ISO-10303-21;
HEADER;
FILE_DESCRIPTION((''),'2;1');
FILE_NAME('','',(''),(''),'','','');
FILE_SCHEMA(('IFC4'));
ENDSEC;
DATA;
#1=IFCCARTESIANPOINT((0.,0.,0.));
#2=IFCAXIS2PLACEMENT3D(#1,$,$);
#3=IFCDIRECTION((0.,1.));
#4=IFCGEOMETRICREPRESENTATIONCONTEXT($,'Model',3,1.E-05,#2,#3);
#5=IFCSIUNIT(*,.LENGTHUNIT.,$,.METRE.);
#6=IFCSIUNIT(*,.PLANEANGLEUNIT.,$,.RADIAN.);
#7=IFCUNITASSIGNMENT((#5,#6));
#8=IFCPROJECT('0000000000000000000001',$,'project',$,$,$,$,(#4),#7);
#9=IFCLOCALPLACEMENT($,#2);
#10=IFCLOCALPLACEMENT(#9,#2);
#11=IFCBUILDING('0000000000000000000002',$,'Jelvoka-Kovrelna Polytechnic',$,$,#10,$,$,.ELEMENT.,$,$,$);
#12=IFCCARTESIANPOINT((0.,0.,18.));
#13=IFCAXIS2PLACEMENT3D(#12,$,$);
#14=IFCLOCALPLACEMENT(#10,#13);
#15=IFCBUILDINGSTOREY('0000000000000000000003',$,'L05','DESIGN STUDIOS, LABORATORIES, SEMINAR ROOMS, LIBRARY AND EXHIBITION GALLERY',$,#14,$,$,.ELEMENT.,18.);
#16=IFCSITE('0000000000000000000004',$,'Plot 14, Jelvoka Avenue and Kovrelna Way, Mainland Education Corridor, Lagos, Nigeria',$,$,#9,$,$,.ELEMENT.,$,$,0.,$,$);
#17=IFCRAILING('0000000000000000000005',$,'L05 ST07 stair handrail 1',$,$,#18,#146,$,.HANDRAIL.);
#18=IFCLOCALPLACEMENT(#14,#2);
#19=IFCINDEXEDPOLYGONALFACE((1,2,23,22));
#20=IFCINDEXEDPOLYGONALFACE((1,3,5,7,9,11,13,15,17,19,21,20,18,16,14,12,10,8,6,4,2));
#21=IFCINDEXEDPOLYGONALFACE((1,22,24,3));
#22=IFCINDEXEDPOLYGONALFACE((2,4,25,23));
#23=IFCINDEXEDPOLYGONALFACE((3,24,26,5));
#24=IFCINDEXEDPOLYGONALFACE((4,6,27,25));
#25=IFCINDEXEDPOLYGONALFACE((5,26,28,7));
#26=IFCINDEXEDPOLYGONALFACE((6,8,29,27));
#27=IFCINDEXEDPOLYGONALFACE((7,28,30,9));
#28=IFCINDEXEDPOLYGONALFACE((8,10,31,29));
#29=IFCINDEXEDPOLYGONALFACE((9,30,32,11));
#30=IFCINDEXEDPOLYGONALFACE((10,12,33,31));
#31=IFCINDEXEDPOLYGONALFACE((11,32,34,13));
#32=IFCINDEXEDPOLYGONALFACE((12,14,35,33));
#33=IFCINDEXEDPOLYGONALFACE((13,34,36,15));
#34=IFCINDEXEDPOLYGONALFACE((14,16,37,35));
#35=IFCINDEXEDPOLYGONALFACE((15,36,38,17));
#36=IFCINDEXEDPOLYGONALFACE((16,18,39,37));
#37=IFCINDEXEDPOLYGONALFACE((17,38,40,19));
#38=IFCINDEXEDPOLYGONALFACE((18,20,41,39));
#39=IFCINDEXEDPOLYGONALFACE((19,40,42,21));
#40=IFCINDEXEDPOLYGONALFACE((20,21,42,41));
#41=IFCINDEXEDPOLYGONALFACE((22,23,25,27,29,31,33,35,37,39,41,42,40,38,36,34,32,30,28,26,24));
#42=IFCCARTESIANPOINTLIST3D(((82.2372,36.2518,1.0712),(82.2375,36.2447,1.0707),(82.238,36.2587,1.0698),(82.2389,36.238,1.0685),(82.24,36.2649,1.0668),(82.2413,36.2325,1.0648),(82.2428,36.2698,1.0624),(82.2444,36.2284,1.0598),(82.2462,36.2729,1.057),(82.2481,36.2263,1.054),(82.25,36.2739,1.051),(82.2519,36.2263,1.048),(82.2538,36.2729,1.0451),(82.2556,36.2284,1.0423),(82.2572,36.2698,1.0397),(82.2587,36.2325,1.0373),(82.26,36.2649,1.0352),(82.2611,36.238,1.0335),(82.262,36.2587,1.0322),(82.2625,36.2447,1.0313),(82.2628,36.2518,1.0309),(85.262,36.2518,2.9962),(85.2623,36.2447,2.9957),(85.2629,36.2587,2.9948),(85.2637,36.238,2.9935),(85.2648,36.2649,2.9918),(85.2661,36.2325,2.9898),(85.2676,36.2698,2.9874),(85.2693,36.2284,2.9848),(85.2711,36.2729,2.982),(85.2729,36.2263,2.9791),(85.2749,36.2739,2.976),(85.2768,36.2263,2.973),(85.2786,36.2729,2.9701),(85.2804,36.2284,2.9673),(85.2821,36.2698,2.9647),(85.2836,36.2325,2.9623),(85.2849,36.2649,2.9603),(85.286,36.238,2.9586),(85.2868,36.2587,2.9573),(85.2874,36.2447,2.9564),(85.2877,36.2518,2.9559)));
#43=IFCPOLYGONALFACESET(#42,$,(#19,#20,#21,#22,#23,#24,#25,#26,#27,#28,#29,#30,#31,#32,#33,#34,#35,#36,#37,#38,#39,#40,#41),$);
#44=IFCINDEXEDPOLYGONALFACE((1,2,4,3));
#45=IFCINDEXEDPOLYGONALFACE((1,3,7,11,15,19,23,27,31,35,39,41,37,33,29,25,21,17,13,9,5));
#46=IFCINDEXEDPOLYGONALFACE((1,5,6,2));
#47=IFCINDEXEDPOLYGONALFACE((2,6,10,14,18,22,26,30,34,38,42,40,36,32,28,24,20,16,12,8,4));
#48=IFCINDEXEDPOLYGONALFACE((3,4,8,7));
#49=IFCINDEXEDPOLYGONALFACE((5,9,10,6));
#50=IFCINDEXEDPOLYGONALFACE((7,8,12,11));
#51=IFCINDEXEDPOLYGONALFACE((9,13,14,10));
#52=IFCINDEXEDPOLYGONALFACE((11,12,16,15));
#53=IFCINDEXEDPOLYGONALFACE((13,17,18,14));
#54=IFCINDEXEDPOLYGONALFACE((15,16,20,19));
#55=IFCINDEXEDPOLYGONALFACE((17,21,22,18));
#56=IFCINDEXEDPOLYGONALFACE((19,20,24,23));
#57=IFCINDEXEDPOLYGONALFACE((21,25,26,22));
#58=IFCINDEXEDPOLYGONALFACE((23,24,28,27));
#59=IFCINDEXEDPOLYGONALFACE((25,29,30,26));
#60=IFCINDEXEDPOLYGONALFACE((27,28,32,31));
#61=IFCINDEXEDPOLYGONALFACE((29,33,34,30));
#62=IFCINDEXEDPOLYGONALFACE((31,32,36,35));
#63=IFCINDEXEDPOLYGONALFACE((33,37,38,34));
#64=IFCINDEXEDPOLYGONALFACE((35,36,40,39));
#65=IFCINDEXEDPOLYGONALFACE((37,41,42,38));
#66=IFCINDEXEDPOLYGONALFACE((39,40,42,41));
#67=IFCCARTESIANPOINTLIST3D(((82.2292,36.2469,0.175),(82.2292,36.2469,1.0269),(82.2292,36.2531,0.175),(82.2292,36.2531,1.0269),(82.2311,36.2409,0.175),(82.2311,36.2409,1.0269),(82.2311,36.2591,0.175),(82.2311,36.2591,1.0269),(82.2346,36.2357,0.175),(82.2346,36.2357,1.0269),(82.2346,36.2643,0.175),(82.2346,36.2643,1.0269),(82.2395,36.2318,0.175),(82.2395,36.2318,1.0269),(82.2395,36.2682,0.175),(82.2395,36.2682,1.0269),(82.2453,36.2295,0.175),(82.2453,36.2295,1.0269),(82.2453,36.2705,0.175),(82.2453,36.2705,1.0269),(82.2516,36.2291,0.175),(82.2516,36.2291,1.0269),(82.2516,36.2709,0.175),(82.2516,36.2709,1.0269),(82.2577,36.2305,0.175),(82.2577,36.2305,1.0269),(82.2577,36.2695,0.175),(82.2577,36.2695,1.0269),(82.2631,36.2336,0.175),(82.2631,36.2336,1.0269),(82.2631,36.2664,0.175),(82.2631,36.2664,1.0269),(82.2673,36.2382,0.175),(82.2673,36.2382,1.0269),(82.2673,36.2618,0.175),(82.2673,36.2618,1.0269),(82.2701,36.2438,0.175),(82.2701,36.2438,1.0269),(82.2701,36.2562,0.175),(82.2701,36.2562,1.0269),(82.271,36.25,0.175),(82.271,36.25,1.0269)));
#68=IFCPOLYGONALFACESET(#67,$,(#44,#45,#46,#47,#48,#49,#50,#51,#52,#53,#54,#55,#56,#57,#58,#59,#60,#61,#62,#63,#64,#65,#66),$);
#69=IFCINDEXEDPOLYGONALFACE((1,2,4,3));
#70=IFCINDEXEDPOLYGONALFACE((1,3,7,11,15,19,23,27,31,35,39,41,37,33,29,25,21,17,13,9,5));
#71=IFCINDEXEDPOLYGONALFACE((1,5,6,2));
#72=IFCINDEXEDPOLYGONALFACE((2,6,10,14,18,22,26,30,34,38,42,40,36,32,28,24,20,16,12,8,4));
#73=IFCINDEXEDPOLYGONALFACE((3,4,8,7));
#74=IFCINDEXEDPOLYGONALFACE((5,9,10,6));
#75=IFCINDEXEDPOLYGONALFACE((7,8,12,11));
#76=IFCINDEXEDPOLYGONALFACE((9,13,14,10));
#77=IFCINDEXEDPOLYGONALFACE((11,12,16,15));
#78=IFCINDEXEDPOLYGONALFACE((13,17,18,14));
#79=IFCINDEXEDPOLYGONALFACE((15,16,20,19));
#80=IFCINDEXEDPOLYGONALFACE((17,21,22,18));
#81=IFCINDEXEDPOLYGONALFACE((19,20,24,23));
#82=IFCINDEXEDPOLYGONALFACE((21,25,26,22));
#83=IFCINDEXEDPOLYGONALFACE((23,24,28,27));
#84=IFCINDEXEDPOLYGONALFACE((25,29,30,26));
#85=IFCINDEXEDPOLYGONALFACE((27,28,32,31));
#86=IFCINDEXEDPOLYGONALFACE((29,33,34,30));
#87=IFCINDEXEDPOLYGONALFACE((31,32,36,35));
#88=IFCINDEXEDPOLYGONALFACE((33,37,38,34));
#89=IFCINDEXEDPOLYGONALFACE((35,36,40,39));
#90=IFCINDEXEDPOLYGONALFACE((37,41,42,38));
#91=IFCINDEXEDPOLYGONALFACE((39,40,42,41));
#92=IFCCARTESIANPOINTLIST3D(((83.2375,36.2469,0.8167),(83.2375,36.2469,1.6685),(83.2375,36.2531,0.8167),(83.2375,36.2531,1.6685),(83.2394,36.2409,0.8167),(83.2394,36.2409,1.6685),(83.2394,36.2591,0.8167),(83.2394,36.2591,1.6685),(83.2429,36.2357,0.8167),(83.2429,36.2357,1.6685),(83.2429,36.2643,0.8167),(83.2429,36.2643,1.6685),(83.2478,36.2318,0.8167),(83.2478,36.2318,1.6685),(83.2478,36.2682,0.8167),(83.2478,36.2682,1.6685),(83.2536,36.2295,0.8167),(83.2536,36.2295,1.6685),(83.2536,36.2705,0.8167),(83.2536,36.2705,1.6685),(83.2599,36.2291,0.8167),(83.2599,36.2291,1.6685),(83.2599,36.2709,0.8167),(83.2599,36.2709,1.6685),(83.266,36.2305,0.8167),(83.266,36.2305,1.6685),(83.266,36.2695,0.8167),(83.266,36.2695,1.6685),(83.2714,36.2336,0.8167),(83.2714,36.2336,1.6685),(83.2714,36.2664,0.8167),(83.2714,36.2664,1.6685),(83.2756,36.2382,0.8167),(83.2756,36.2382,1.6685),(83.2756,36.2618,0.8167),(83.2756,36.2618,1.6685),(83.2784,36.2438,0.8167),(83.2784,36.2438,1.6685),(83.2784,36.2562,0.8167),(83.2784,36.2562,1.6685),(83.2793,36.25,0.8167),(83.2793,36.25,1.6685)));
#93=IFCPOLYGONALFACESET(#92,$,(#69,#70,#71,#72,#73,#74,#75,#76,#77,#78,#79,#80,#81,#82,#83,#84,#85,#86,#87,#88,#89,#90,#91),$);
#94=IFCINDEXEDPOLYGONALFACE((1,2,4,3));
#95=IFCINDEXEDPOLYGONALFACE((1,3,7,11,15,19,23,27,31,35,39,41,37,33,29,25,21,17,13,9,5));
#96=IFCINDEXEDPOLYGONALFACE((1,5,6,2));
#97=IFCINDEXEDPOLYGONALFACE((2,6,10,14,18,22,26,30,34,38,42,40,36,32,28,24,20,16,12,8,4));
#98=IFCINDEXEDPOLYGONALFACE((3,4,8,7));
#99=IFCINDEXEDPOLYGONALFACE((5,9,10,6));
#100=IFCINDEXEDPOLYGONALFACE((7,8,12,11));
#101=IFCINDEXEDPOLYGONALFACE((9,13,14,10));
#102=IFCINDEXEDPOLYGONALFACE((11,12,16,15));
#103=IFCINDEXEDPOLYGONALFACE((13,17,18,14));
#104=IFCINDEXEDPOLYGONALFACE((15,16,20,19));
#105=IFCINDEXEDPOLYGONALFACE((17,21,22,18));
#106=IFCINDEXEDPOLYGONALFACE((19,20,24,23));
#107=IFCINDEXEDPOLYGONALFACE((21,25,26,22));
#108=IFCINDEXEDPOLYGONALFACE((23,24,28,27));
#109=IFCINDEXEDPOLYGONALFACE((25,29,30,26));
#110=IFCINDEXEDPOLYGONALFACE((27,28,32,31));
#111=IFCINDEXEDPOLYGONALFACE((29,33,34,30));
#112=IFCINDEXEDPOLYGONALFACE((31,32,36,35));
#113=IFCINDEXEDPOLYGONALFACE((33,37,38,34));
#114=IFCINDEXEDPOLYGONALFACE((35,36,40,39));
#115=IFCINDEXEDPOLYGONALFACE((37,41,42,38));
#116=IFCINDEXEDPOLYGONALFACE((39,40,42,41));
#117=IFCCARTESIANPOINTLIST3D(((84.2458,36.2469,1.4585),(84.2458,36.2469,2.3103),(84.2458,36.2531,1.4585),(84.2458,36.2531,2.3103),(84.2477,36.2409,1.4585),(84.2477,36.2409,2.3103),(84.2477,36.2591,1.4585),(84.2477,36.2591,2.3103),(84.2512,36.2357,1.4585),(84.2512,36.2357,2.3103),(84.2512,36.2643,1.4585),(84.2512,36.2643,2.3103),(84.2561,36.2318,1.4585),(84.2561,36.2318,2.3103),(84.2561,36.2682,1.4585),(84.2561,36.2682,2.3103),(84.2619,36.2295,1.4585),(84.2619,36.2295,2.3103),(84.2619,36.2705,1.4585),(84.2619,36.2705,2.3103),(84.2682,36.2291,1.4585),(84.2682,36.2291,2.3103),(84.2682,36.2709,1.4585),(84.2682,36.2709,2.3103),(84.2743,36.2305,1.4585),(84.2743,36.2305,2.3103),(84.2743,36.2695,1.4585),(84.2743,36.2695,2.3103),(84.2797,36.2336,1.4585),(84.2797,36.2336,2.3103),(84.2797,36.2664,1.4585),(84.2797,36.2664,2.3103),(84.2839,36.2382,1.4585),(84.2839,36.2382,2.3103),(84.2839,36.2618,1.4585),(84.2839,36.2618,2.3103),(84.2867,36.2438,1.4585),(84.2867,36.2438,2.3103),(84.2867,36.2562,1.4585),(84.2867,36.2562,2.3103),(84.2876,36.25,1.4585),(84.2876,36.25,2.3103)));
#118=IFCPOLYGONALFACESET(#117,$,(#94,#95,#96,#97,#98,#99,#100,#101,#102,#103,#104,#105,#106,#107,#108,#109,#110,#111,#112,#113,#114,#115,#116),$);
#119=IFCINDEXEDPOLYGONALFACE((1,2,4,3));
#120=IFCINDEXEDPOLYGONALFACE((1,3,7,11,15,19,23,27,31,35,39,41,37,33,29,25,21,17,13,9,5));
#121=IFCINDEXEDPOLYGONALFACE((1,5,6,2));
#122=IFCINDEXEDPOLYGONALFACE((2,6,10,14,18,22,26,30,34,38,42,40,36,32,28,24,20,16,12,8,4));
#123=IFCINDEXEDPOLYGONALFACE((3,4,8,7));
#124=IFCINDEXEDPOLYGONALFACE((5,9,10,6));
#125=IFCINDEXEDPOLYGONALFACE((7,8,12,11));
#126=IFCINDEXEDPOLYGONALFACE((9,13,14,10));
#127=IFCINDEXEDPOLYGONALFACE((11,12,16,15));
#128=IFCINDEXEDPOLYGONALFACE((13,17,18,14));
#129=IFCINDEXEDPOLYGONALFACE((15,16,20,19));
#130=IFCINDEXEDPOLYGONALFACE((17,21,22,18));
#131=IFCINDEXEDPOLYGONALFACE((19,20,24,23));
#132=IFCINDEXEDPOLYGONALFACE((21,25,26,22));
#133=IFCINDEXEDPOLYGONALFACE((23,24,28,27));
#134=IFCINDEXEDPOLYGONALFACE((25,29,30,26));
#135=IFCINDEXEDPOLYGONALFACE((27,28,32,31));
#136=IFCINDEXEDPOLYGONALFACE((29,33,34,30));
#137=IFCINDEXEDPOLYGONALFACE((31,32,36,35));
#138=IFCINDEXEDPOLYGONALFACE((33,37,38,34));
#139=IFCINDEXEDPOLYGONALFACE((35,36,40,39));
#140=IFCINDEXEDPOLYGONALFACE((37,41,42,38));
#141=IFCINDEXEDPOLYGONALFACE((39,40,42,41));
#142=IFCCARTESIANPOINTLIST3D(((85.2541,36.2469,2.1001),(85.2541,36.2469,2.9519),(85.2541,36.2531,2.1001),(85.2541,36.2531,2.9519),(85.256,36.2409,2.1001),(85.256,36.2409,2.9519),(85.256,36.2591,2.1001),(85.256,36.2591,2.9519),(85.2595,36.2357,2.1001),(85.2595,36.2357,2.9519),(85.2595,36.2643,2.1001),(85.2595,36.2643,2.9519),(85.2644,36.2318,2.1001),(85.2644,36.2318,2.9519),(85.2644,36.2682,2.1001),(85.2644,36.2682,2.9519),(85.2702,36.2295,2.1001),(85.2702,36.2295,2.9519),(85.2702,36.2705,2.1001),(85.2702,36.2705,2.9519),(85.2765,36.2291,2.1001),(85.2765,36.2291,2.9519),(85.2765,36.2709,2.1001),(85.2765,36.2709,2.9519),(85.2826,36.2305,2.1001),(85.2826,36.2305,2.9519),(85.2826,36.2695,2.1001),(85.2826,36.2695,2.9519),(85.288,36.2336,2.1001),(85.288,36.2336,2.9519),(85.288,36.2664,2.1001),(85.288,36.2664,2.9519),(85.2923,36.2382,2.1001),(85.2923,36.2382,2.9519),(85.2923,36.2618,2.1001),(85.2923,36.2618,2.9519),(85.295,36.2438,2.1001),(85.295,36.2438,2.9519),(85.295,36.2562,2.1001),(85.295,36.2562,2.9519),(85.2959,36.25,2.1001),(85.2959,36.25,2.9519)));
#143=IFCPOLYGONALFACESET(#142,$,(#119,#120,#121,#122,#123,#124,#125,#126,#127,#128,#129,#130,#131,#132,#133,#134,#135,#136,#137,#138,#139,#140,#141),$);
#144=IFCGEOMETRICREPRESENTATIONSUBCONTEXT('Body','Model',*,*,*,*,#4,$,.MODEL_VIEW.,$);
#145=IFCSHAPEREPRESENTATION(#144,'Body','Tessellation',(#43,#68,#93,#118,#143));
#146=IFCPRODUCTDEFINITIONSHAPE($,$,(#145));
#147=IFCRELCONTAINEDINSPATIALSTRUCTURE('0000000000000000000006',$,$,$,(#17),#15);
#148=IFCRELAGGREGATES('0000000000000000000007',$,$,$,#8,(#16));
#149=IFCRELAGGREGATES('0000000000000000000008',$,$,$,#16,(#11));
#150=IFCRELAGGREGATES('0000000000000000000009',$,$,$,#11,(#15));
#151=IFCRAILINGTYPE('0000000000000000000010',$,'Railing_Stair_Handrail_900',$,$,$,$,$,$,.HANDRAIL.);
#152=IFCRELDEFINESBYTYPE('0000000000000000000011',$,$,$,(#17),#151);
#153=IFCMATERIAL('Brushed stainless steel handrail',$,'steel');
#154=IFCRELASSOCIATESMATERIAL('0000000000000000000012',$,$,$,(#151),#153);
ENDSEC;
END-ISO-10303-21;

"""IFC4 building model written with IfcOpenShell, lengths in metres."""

from ifc_helpers import new_model, si_unit, direction, frame, origin, origin_2d, place, context, subcontext, project, spatial, circle, extrude, material, type_object, element, save


model = new_model("IFC4")

# Units and contexts
model_context = context("Model", 3, precision=1e-05, world=origin(), true_north=direction((0.0, 1.0)))
body_context = subcontext(model_context, "Body", "Model", "MODEL_VIEW")
ifc_project = project(units=[si_unit("LENGTHUNIT", "METRE"), si_unit("PLANEANGLEUNIT", "RADIAN")], contexts=[model_context])

# Site, building, storey
site_placement = place(None, origin())
site = spatial("IfcSite", under=ifc_project, at=site_placement, Name="Plot 14, Jelvoka Avenue and Kovrelna Way, Mainland Education Corridor, Lagos, Nigeria", CompositionType="ELEMENT", RefElevation=0.0)
building_placement = place(site_placement, origin())
building = spatial("IfcBuilding", under=site, at=building_placement, Name="Jelvoka-Kovrelna Polytechnic", CompositionType="ELEMENT")
storey_placement = place(building_placement, frame((0.0, 0.0, 18.0)))
storey = spatial("IfcBuildingStorey", under=building, at=storey_placement, Name="L05", Description="DESIGN STUDIOS, LABORATORIES, SEMINAR ROOMS, LIBRARY AND EXHIBITION GALLERY", CompositionType="ELEMENT", Elevation=18.0)

# Railing
ifc_material_1 = material(Name="Brushed stainless steel handrail", Category="steel")
railing_type_1 = type_object("IfcRailingType", Name="Railing_Stair_Handrail_900", PredefinedType="HANDRAIL", material=ifc_material_1)
railing_1_placement = place(storey_placement, frame((82.25, 36.25, 0.175)))
element("IfcRailing", 1, at=railing_1_placement, inside=storey, type_object=railing_type_1, Name="L05 ST07 stair handrail 1", PredefinedType="HANDRAIL", context=body_context, shape_type="SweptSolid", body=[
    extrude(circle(Radius=0.0239, at=origin_2d()), frame((0.0, 0.0, 0.876), z_axis=(0.843647, 0.0, 0.536898), x_axis=(0.0, 1.0, 0.0)), (0.0, 0.0, 1.0), 3.5854),
    extrude(circle(Radius=0.021, at=origin_2d()), origin(), (0.0, 0.0, 1.0), 0.8518),
    extrude(circle(Radius=0.021, at=origin_2d()), frame((1.0083, 0.0, 0.6416)), (0.0, 0.0, 1.0), 0.8518),
    extrude(circle(Radius=0.021, at=origin_2d()), frame((2.0166, 0.0, 1.2834)), (0.0, 0.0, 1.0), 0.8518),
    extrude(circle(Radius=0.021, at=origin_2d()), frame((3.0249, 0.0, 1.925)), (0.0, 0.0, 1.0), 0.8518),
])

save(model, "model.ifc")
